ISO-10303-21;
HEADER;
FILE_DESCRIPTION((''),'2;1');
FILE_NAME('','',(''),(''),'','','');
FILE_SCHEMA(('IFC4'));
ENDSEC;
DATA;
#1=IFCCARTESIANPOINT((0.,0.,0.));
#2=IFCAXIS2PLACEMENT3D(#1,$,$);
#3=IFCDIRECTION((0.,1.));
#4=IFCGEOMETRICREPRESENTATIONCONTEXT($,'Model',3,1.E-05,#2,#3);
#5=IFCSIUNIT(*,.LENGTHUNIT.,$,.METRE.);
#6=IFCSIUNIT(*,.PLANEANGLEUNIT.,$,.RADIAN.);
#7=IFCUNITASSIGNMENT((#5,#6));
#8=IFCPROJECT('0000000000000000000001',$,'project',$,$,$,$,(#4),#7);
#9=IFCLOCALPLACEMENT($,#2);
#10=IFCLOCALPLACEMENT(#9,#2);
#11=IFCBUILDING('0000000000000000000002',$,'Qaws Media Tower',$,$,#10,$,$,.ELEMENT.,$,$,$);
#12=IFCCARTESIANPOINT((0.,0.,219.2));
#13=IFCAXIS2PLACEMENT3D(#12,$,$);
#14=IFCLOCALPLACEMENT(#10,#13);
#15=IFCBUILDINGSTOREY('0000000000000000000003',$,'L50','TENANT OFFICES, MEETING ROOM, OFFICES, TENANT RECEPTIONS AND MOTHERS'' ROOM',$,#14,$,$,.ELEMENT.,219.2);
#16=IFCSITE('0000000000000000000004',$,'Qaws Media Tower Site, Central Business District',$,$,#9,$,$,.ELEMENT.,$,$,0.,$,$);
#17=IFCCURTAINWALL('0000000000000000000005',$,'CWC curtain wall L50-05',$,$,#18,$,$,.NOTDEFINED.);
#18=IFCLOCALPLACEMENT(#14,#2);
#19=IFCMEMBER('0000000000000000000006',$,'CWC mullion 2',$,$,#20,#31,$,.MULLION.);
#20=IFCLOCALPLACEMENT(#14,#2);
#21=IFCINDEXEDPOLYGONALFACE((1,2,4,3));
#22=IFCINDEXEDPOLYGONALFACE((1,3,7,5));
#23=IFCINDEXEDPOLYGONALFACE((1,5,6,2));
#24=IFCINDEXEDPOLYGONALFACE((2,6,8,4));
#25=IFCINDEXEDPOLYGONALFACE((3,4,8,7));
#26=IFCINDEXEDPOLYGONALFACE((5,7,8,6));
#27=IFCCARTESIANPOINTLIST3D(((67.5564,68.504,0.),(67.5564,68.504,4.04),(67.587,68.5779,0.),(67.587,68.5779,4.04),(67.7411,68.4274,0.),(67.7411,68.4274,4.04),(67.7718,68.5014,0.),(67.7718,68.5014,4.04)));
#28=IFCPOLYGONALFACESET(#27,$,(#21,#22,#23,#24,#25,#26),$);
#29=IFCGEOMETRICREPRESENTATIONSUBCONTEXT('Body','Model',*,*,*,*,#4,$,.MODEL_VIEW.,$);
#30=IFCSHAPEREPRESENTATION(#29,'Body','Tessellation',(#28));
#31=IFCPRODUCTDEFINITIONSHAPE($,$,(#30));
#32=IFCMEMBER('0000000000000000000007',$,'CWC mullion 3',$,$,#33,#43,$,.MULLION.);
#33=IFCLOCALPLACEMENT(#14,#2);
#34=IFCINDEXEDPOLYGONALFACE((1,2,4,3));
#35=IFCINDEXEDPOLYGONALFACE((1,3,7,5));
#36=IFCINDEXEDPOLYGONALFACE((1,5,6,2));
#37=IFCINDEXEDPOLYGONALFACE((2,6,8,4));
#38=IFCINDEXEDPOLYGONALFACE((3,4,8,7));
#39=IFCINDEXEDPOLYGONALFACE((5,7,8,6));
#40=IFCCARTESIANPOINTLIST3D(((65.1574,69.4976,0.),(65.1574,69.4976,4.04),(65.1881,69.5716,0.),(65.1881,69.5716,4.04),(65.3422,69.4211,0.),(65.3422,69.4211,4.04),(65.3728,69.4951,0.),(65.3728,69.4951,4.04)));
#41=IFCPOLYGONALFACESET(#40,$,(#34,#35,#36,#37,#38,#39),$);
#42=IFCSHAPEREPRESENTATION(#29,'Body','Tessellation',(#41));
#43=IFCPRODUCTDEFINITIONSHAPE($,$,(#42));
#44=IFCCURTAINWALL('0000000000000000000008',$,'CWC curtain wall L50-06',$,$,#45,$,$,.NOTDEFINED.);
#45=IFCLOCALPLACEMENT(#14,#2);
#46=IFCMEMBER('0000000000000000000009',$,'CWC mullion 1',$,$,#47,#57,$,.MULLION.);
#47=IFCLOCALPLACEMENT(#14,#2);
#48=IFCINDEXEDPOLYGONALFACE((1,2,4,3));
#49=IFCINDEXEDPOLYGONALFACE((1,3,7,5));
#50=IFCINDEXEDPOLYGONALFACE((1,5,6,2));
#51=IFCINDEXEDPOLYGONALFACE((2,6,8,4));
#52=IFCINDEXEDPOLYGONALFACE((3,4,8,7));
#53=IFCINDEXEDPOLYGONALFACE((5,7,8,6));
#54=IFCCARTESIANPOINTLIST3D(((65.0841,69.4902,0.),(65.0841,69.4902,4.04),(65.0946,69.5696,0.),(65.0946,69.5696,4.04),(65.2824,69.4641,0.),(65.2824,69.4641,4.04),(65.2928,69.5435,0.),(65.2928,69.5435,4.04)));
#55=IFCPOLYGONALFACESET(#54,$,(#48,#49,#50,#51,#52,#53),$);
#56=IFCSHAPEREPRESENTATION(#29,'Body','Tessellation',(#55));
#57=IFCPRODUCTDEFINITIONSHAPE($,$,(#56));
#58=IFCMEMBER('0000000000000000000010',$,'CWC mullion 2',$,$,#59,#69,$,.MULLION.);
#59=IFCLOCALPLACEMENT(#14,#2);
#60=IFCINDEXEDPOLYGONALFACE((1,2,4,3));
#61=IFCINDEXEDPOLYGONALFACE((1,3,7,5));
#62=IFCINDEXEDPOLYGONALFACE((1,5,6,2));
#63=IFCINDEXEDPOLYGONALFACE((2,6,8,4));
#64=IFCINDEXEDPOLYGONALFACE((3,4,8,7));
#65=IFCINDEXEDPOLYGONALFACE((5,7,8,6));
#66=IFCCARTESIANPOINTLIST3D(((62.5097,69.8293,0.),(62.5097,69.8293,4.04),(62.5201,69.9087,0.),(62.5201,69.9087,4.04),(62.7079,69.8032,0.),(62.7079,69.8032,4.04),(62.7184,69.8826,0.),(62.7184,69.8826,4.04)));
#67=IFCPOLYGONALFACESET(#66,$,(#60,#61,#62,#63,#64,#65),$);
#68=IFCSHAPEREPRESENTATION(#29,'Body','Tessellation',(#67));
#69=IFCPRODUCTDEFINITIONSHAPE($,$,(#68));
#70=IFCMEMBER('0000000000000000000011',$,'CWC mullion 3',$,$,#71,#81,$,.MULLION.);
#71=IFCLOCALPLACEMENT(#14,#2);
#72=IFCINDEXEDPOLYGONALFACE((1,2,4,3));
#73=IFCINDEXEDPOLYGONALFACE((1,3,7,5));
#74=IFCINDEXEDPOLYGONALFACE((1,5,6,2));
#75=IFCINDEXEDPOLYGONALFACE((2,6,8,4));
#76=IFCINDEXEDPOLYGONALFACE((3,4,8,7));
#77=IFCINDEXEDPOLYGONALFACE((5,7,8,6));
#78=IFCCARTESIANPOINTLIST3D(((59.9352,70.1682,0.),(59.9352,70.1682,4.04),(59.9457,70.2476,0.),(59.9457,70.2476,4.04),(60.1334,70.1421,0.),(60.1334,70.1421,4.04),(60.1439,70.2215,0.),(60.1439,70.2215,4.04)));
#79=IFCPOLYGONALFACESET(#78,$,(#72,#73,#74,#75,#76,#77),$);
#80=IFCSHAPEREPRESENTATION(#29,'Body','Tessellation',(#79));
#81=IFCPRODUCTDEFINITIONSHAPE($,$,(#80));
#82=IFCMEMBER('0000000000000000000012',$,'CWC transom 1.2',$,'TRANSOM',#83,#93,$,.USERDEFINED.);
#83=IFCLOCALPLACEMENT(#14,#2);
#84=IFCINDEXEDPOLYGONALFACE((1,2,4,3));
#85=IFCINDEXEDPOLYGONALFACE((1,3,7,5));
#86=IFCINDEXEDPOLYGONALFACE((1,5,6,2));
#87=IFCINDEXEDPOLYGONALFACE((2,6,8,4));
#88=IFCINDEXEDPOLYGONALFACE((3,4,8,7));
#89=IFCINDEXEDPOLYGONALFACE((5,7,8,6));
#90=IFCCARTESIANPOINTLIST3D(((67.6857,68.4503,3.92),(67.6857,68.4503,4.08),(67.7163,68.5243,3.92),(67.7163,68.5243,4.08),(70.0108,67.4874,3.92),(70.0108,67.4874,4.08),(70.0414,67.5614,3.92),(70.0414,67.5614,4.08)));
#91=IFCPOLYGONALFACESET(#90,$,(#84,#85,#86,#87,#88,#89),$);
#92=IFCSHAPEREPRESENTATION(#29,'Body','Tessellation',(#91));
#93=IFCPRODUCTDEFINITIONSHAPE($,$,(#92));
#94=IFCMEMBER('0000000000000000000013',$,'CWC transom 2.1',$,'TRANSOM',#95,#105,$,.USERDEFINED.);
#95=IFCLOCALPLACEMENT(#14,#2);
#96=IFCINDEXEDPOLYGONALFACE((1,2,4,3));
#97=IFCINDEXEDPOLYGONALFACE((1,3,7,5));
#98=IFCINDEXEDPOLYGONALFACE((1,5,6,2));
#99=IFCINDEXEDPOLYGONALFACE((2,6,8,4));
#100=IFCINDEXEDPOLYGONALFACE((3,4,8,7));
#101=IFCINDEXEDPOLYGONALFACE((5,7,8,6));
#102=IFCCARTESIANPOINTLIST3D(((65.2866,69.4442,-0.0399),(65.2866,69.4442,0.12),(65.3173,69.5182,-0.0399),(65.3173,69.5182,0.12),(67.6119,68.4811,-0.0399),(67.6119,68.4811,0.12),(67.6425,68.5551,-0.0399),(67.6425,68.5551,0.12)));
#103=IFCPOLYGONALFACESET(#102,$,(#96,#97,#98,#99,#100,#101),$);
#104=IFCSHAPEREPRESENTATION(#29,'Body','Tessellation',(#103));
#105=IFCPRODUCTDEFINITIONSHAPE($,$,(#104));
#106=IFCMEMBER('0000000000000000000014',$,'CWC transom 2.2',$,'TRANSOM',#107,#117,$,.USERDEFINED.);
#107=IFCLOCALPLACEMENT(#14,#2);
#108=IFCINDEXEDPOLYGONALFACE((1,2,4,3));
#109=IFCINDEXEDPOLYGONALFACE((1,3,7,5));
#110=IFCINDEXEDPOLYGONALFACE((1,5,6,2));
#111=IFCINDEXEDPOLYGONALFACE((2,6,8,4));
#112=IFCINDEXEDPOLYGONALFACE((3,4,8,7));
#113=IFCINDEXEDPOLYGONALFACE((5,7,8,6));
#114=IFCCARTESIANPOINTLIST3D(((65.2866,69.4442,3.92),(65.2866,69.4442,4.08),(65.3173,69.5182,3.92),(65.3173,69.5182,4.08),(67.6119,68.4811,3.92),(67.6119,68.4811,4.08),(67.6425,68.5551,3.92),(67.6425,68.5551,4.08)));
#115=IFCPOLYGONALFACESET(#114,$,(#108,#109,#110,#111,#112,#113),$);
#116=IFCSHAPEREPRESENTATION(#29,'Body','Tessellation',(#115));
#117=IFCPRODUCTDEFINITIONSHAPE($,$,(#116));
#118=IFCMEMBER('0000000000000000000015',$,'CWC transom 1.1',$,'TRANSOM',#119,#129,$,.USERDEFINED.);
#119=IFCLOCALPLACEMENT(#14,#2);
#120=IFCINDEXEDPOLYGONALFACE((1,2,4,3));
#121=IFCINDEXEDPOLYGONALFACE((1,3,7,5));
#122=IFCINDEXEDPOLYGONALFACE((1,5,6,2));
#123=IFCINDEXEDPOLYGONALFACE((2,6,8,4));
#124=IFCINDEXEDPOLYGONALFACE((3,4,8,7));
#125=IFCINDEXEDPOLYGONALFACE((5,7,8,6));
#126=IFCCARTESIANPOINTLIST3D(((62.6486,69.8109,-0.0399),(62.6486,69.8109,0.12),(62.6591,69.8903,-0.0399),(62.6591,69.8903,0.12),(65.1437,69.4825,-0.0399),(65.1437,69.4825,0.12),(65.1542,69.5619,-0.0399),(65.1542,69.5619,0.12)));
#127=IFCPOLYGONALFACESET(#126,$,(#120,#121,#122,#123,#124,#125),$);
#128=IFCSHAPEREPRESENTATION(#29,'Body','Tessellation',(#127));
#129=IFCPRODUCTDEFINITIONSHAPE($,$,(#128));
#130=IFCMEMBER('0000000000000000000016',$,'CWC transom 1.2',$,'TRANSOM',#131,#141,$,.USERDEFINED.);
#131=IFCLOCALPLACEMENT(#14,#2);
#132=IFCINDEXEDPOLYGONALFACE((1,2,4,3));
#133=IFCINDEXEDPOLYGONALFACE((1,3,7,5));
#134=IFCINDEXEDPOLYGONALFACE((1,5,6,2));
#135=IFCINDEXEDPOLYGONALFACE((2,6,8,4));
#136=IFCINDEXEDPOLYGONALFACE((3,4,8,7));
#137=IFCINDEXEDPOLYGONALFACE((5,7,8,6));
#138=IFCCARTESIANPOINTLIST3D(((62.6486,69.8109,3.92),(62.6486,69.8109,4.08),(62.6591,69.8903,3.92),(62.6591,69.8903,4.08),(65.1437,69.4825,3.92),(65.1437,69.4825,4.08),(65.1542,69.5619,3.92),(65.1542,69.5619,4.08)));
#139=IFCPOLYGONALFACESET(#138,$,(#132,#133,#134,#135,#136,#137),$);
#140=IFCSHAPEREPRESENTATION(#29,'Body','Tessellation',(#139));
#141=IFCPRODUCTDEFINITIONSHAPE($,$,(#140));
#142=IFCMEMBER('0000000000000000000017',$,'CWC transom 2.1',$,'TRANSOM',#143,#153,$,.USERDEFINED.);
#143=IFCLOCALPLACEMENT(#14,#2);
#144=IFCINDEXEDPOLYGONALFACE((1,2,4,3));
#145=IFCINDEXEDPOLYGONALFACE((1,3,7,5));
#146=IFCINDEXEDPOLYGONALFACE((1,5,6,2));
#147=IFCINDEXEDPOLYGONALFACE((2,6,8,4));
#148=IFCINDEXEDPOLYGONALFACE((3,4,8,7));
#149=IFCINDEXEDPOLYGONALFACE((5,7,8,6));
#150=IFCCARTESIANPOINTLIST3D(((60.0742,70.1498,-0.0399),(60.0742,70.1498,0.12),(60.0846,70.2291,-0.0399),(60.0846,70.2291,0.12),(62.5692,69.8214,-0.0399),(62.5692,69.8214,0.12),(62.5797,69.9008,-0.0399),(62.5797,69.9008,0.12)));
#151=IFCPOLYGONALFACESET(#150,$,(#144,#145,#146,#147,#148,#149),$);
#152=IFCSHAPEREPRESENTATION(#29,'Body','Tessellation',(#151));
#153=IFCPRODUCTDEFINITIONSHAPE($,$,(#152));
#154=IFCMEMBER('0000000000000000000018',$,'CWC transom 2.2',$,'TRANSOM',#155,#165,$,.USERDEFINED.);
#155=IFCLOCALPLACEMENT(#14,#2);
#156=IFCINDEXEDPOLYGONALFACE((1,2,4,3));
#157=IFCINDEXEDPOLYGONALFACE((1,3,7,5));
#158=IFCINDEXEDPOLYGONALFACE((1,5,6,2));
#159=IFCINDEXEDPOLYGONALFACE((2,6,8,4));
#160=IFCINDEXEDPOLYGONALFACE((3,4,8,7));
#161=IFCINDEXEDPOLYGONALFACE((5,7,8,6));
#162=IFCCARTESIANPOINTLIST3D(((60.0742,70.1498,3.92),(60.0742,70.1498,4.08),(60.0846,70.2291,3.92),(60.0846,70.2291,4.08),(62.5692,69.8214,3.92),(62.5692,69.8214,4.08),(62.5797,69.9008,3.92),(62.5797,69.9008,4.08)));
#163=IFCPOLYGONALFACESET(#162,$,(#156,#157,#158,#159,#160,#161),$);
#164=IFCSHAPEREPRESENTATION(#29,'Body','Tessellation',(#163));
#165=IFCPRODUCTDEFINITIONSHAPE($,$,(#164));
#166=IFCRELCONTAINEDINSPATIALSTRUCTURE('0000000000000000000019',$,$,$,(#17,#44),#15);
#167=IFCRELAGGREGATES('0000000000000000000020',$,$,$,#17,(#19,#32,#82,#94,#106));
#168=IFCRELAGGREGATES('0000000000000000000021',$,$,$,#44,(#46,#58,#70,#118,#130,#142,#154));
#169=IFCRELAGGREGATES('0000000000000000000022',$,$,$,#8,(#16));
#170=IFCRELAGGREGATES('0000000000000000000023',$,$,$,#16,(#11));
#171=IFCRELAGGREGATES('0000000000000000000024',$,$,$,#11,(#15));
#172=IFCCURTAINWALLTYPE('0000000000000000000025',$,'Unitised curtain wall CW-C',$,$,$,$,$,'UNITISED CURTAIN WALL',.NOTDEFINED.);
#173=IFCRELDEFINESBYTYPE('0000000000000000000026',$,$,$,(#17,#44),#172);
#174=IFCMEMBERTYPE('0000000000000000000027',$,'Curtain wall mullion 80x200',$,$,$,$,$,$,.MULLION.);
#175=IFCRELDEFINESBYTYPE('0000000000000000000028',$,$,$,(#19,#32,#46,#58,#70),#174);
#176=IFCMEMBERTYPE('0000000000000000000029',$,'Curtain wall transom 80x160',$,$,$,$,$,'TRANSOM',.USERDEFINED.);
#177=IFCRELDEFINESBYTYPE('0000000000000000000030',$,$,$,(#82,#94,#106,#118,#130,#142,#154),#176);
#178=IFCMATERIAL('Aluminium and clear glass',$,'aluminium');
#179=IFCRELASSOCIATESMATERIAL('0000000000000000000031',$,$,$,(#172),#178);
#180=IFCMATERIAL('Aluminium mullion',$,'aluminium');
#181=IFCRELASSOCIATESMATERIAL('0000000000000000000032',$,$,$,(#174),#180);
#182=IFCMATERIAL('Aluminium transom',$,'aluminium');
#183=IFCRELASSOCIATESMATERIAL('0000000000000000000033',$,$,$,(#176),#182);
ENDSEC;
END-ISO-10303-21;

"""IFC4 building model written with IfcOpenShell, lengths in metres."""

from ifc_helpers import new_model, si_unit, direction, frame, origin, origin_2d, place, context, subcontext, project, spatial, rectangle, extrude, material, material_profile, profile_set, type_object, element, aggregate, save


model = new_model("IFC4")

# Units and contexts
model_context = context("Model", 3, precision=1e-05, world=origin(), true_north=direction((0.0, 1.0)))
body_context = subcontext(model_context, "Body", "Model", "MODEL_VIEW")
ifc_project = project(units=[si_unit("LENGTHUNIT", "METRE"), si_unit("PLANEANGLEUNIT", "RADIAN")], contexts=[model_context])

# Site, building, storey
site_placement = place(None, origin())
site = spatial("IfcSite", under=ifc_project, at=site_placement, Name="Qaws Media Tower Site, Central Business District", CompositionType="ELEMENT", RefElevation=0.0)
building_placement = place(site_placement, origin())
building = spatial("IfcBuilding", under=site, at=building_placement, Name="Qaws Media Tower", CompositionType="ELEMENT")
storey_placement = place(building_placement, frame((0.0, 0.0, 219.2)))
storey = spatial("IfcBuildingStorey", under=building, at=storey_placement, Name="L50", Description="TENANT OFFICES, MEETING ROOM, OFFICES, TENANT RECEPTIONS AND MOTHERS' ROOM", CompositionType="ELEMENT", Elevation=219.2)

# Curtain walls, members
ifc_material_1 = material(Name="Aluminium and clear glass", Category="aluminium")
curtain_wall_type = type_object("IfcCurtainWallType", Name="Unitised curtain wall CW-C", ElementType="UNITISED CURTAIN WALL", PredefinedType="NOTDEFINED", material=ifc_material_1)
curtain_wall_1_placement = place(storey_placement, origin())
curtain_wall_1 = element("IfcCurtainWall", 1, at=curtain_wall_1_placement, inside=storey, type_object=curtain_wall_type, Name="CWC curtain wall L50-05", PredefinedType="NOTDEFINED")
ifc_material_2 = material(Name="Aluminium mullion", Category="aluminium")
ifc_material_profile_1 = material_profile(ifc_material_2, rectangle(XDim=0.0801, YDim=0.2, at=origin_2d()), Name="80x200")
ifc_profile_set_1 = profile_set([ifc_material_profile_1], Name="Aluminium mullion")
member_type_1 = type_object("IfcMemberType", Name="Curtain wall mullion 80x200", PredefinedType="MULLION", material=ifc_profile_set_1)
member_1_placement = place(storey_placement, frame((67.6641, 68.5027, 0.0), z_axis=(0.0, 0.0, 1.0), x_axis=(-0.382684, -0.923879, 0.0)))
member_1 = element("IfcMember", 2, at=member_1_placement, type_object=member_type_1, Name="CWC mullion 2", PredefinedType="MULLION", context=body_context, shape_type="SweptSolid", body=[
    extrude(rectangle(XDim=0.0801, YDim=0.2, at=origin_2d()), origin(), (0.0, 0.0, 1.0), 4.04),
])
member_2_placement = place(storey_placement, frame((65.2651, 69.4963, 0.0), z_axis=(0.0, 0.0, 1.0), x_axis=(-0.382684, -0.923879, 0.0)))
member_2 = element("IfcMember", 3, at=member_2_placement, type_object=member_type_1, Name="CWC mullion 3", PredefinedType="MULLION", context=body_context, shape_type="SweptSolid", body=[
    extrude(rectangle(XDim=0.0801, YDim=0.2, at=origin_2d()), origin(), (0.0, 0.0, 1.0), 4.04),
])
curtain_wall_2_placement = place(storey_placement, origin())
curtain_wall_2 = element("IfcCurtainWall", 4, at=curtain_wall_2_placement, inside=storey, type_object=curtain_wall_type, Name="CWC curtain wall L50-06", PredefinedType="NOTDEFINED")
member_3_placement = place(storey_placement, frame((65.1885, 69.5168, 0.0), z_axis=(0.0, 0.0, 1.0), x_axis=(-0.130526, -0.991445, 0.0)))
member_3 = element("IfcMember", 5, at=member_3_placement, type_object=member_type_1, Name="CWC mullion 1", PredefinedType="MULLION", context=body_context, shape_type="SweptSolid", body=[
    extrude(rectangle(XDim=0.0801, YDim=0.2, at=origin_2d()), origin(), (0.0, 0.0, 1.0), 4.04),
])
member_4_placement = place(storey_placement, frame((62.614, 69.856, 0.0), z_axis=(0.0, 0.0, 1.0), x_axis=(-0.130526, -0.991445, 0.0)))
member_4 = element("IfcMember", 6, at=member_4_placement, type_object=member_type_1, Name="CWC mullion 2", PredefinedType="MULLION", context=body_context, shape_type="SweptSolid", body=[
    extrude(rectangle(XDim=0.0801, YDim=0.2, at=origin_2d()), origin(), (0.0, 0.0, 1.0), 4.04),
])
member_5_placement = place(storey_placement, frame((60.0396, 70.1948, 0.0), z_axis=(0.0, 0.0, 1.0), x_axis=(-0.130526, -0.991445, 0.0)))
member_5 = element("IfcMember", 7, at=member_5_placement, type_object=member_type_1, Name="CWC mullion 3", PredefinedType="MULLION", context=body_context, shape_type="SweptSolid", body=[
    extrude(rectangle(XDim=0.0801, YDim=0.2, at=origin_2d()), origin(), (0.0, 0.0, 1.0), 4.04),
])

# Members
ifc_material_3 = material(Name="Aluminium transom", Category="aluminium")
ifc_material_profile_2 = material_profile(ifc_material_3, rectangle(XDim=0.0801, YDim=0.1599, at=origin_2d()), Name="80x160")
ifc_profile_set_2 = profile_set([ifc_material_profile_2], Name="Aluminium transom")
member_type_2 = type_object("IfcMemberType", Name="Curtain wall transom 80x160", ElementType="TRANSOM", PredefinedType="USERDEFINED", material=ifc_profile_set_2)
member_6_placement = place(storey_placement, frame((70.0261, 67.5244, 4.0), z_axis=(-0.923913, 0.382603, 0.0), x_axis=(-0.382603, -0.923913, 0.0)))
member_6 = element("IfcMember", 8, at=member_6_placement, type_object=member_type_2, Name="CWC transom 1.2", ObjectType="TRANSOM", PredefinedType="USERDEFINED", context=body_context, shape_type="SweptSolid", body=[
    extrude(rectangle(XDim=0.0801, YDim=0.1599, at=origin_2d()), origin(), (0.0, 0.0, 1.0), 2.5166),
])
member_7_placement = place(storey_placement, frame((67.6272, 68.5181, 0.04), z_axis=(-0.923879, 0.382686, 0.0), x_axis=(-0.382686, -0.923879, 0.0)))
member_7 = element("IfcMember", 9, at=member_7_placement, type_object=member_type_2, Name="CWC transom 2.1", ObjectType="TRANSOM", PredefinedType="USERDEFINED", context=body_context, shape_type="SweptSolid", body=[
    extrude(rectangle(XDim=0.0801, YDim=0.1599, at=origin_2d()), origin(), (0.0, 0.0, 1.0), 2.5168),
])
member_8_placement = place(storey_placement, frame((67.6272, 68.5181, 4.0), z_axis=(-0.923879, 0.382686, 0.0), x_axis=(-0.382686, -0.923879, 0.0)))
member_8 = element("IfcMember", 10, at=member_8_placement, type_object=member_type_2, Name="CWC transom 2.2", ObjectType="TRANSOM", PredefinedType="USERDEFINED", context=body_context, shape_type="SweptSolid", body=[
    extrude(rectangle(XDim=0.0801, YDim=0.1599, at=origin_2d()), origin(), (0.0, 0.0, 1.0), 2.5168),
])
member_9_placement = place(storey_placement, frame((65.1489, 69.5222, 0.04), z_axis=(-0.991451, 0.13048, 0.0), x_axis=(-0.13048, -0.991451, 0.0)))
member_9 = element("IfcMember", 11, at=member_9_placement, type_object=member_type_2, Name="CWC transom 1.1", ObjectType="TRANSOM", PredefinedType="USERDEFINED", context=body_context, shape_type="SweptSolid", body=[
    extrude(rectangle(XDim=0.0801, YDim=0.1599, at=origin_2d()), origin(), (0.0, 0.0, 1.0), 2.5166),
])
member_10_placement = place(storey_placement, frame((65.1489, 69.5222, 4.0), z_axis=(-0.991451, 0.13048, 0.0), x_axis=(-0.13048, -0.991451, 0.0)))
member_10 = element("IfcMember", 12, at=member_10_placement, type_object=member_type_2, Name="CWC transom 1.2", ObjectType="TRANSOM", PredefinedType="USERDEFINED", context=body_context, shape_type="SweptSolid", body=[
    extrude(rectangle(XDim=0.0801, YDim=0.1599, at=origin_2d()), origin(), (0.0, 0.0, 1.0), 2.5166),
])
member_11_placement = place(storey_placement, frame((62.5745, 69.8611, 0.04), z_axis=(-0.991451, 0.13048, 0.0), x_axis=(-0.13048, -0.991451, 0.0)))
member_11 = element("IfcMember", 13, at=member_11_placement, type_object=member_type_2, Name="CWC transom 2.1", ObjectType="TRANSOM", PredefinedType="USERDEFINED", context=body_context, shape_type="SweptSolid", body=[
    extrude(rectangle(XDim=0.0801, YDim=0.1599, at=origin_2d()), origin(), (0.0, 0.0, 1.0), 2.5166),
])
member_12_placement = place(storey_placement, frame((62.5745, 69.8611, 4.0), z_axis=(-0.991451, 0.13048, 0.0), x_axis=(-0.13048, -0.991451, 0.0)))
member_12 = element("IfcMember", 14, at=member_12_placement, type_object=member_type_2, Name="CWC transom 2.2", ObjectType="TRANSOM", PredefinedType="USERDEFINED", context=body_context, shape_type="SweptSolid", body=[
    extrude(rectangle(XDim=0.0801, YDim=0.1599, at=origin_2d()), origin(), (0.0, 0.0, 1.0), 2.5166),
])

aggregate(curtain_wall_1, [member_1, member_2, member_6, member_7, member_8])
aggregate(curtain_wall_2, [member_3, member_4, member_5, member_9, member_10, member_11, member_12])

save(model, "model.ifc")
